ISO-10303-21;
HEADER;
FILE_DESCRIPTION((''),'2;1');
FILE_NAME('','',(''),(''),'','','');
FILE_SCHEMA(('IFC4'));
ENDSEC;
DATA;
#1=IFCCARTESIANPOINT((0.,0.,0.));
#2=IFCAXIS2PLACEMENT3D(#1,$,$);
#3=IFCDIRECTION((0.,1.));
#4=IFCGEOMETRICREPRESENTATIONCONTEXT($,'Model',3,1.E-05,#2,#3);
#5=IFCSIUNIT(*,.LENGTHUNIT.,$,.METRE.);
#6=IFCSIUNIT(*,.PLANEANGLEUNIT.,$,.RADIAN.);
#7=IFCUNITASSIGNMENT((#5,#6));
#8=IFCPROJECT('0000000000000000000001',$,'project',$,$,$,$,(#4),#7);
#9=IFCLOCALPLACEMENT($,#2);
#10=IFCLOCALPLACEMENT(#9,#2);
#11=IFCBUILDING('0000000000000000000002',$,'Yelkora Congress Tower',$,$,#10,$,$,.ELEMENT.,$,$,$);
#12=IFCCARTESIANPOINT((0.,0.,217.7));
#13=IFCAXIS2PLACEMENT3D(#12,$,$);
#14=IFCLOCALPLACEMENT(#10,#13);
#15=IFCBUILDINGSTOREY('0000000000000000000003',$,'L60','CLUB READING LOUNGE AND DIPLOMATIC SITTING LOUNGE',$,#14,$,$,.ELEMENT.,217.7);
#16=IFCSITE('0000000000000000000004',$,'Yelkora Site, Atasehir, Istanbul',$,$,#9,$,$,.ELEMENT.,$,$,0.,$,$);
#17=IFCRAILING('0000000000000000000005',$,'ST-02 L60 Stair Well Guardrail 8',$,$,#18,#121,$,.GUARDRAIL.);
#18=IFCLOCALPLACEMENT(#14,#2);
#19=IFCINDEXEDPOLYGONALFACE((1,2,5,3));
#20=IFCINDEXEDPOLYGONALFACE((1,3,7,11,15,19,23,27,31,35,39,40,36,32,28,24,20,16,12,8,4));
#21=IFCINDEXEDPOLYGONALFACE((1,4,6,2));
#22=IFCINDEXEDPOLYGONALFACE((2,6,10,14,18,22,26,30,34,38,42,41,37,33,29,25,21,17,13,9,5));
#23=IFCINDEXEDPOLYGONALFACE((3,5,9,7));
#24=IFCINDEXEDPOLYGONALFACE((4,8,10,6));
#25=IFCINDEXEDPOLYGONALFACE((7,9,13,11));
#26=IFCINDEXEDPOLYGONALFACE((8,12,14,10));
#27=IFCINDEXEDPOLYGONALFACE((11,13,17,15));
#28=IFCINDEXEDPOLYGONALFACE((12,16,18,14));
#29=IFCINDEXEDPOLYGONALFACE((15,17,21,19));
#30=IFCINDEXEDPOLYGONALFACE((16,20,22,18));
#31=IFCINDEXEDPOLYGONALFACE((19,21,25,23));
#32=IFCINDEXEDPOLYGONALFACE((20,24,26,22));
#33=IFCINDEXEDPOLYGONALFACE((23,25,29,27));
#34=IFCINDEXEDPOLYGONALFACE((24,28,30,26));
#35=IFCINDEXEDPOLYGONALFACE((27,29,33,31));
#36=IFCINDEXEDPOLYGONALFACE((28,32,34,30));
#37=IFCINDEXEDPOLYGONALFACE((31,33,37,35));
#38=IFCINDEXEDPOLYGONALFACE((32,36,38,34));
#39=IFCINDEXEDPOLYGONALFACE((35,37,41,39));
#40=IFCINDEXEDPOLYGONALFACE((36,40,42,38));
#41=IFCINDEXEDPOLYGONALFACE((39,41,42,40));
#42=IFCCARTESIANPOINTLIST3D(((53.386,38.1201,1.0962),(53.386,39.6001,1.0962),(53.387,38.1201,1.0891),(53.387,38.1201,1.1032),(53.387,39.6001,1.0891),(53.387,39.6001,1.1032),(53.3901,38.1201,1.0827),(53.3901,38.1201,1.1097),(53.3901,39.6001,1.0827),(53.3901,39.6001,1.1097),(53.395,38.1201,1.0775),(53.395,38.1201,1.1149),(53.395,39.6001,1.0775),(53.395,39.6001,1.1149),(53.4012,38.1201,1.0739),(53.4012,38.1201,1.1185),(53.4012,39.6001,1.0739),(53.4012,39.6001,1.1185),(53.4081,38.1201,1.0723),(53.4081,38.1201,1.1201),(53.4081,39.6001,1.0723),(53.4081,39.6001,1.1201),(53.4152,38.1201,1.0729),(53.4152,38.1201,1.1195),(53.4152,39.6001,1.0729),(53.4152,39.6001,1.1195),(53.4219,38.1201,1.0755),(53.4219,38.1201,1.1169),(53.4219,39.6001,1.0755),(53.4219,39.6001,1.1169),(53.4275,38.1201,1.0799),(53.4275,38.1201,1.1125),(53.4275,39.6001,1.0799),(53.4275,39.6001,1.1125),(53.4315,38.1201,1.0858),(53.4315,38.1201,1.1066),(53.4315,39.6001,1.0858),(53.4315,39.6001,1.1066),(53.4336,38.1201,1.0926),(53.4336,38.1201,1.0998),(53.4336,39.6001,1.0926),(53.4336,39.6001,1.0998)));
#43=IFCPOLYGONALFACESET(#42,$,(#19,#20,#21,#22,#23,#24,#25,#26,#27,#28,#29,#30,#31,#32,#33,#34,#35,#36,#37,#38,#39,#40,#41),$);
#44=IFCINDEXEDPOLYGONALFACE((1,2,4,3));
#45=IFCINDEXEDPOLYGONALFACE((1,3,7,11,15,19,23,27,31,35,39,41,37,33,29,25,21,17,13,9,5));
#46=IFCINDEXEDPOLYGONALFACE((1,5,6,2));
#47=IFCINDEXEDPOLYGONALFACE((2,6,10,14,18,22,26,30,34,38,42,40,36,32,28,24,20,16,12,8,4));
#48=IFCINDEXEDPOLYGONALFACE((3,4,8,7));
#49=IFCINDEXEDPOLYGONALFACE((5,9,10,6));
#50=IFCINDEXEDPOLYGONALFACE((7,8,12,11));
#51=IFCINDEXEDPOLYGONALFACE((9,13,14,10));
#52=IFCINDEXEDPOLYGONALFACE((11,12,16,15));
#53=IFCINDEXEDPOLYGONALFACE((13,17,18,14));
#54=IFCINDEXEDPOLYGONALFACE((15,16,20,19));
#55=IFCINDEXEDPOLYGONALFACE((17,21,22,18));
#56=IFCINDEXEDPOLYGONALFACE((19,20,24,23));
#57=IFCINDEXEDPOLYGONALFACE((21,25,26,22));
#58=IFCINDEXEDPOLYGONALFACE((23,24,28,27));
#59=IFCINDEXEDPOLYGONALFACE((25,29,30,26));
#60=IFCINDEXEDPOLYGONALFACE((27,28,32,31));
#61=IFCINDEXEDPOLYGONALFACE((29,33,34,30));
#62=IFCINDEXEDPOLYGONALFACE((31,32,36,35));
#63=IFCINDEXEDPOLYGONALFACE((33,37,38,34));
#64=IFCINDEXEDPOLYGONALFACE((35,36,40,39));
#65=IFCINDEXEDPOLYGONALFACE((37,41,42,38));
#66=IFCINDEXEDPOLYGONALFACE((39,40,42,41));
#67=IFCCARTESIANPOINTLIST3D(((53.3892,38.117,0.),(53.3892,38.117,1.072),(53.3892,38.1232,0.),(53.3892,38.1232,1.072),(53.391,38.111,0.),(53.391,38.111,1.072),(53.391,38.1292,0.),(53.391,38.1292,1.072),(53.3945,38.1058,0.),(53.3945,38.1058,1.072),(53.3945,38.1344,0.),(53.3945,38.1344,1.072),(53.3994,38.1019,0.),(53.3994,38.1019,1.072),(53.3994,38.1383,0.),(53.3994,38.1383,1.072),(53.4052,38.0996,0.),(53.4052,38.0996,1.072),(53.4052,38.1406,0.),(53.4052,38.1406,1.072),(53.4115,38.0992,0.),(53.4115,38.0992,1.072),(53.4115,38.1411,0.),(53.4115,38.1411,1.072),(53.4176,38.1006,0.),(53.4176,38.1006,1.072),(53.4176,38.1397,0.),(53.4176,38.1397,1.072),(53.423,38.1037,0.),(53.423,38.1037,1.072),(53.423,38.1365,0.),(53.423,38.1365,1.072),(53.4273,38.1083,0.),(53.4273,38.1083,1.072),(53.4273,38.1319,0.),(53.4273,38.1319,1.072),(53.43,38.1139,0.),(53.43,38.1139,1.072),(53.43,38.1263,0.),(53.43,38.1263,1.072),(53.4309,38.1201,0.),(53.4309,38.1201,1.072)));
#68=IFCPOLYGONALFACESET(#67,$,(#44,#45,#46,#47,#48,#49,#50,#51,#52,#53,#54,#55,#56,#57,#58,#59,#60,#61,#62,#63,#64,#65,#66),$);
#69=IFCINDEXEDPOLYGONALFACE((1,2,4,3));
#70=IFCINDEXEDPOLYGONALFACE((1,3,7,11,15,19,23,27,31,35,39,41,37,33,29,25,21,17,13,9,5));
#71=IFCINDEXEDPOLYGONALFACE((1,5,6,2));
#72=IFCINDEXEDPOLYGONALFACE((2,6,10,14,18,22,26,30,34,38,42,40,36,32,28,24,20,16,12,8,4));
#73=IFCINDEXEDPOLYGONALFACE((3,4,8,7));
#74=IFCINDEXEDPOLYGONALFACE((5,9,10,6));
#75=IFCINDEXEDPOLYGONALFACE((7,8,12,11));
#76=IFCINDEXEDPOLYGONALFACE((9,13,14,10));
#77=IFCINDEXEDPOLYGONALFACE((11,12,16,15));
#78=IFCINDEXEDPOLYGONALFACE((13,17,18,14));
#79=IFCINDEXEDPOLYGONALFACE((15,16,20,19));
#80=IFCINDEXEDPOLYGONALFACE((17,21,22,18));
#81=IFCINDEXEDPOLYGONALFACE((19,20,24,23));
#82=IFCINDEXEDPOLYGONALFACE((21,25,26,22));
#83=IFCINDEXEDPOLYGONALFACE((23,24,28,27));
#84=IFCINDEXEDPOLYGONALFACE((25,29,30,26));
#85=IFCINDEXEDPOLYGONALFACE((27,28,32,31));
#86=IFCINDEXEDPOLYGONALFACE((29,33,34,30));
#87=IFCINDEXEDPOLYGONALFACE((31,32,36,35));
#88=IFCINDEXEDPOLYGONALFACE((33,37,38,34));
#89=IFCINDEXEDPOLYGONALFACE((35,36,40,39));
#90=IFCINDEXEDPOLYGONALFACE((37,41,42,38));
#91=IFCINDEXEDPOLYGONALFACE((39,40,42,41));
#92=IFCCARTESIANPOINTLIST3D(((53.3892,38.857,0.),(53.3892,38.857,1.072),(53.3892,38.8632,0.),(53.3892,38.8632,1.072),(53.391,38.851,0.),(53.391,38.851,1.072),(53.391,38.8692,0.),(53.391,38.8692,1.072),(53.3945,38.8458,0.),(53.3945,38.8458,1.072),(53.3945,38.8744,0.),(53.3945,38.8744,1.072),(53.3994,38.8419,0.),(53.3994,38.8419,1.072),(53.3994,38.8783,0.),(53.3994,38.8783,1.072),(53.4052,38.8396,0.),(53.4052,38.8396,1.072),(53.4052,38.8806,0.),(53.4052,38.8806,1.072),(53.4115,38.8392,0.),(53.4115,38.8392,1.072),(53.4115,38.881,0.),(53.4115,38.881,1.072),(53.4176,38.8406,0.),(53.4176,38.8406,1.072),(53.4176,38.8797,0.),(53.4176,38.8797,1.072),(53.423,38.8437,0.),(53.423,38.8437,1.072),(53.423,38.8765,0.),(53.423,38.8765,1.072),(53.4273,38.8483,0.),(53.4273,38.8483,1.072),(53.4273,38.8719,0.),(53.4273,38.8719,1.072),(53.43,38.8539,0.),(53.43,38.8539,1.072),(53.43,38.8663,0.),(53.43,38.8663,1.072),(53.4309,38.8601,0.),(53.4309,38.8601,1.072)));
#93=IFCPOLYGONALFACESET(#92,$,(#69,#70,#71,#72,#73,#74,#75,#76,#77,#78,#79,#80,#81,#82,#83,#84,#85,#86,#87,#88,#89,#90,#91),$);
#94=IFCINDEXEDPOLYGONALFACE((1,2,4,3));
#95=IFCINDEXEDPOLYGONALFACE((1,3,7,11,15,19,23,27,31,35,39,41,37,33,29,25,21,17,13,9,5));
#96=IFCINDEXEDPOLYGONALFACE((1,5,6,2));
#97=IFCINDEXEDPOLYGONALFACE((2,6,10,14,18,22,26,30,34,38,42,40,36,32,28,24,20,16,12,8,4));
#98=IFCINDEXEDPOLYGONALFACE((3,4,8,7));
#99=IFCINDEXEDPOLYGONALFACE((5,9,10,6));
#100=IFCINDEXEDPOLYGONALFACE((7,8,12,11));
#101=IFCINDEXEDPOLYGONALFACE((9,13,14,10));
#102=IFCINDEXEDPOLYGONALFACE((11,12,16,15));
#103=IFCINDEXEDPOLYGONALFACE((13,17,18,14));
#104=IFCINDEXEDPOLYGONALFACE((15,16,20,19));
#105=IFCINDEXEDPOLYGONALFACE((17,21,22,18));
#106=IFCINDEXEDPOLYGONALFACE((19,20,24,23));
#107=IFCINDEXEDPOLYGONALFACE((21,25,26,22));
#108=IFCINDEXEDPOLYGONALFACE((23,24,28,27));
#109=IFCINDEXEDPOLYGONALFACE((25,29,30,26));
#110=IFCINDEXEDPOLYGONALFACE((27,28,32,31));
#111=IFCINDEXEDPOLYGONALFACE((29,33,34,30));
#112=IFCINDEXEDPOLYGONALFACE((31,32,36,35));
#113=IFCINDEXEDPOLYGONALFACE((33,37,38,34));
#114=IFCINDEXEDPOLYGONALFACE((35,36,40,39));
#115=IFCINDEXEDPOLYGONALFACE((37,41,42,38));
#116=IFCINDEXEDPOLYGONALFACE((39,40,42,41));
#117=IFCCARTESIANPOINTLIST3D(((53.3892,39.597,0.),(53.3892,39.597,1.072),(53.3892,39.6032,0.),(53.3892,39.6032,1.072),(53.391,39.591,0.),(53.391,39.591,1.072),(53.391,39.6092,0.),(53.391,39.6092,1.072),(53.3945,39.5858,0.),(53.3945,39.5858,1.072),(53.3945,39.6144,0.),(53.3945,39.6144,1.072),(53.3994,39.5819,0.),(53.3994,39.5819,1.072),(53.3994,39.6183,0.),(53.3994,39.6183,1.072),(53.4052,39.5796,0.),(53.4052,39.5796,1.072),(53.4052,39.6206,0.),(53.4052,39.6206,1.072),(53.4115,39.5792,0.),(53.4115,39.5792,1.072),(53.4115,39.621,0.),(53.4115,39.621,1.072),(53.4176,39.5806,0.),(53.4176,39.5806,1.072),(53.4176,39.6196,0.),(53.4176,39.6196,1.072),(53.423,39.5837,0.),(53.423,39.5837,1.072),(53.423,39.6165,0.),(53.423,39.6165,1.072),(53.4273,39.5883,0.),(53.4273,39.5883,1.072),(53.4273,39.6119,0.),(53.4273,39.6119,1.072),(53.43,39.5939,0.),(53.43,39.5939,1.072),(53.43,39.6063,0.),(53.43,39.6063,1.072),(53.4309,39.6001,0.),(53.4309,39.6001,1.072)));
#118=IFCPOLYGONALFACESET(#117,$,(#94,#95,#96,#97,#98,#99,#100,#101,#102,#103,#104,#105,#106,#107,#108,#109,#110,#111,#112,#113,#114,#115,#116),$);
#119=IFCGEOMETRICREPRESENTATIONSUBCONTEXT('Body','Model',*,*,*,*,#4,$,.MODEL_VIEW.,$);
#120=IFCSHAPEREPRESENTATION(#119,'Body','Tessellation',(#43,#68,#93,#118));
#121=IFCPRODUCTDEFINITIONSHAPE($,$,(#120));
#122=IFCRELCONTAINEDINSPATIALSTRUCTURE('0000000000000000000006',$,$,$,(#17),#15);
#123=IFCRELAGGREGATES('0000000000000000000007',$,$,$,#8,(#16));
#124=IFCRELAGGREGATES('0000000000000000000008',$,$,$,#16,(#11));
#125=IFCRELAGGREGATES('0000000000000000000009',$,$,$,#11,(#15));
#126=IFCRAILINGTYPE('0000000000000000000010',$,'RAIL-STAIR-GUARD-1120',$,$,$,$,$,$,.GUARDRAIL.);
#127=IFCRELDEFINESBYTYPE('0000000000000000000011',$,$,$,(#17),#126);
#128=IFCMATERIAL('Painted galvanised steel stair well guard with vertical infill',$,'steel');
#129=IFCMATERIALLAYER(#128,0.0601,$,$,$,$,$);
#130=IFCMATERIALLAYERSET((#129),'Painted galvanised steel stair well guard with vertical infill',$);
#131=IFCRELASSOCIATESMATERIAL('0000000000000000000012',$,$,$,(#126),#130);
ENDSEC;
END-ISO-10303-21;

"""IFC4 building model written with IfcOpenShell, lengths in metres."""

from ifc_helpers import new_model, si_unit, direction, frame, origin, origin_2d, place, context, subcontext, project, spatial, circle, extrude, material, layer, layer_set, type_object, element, save


model = new_model("IFC4")

# Units and contexts
model_context = context("Model", 3, precision=1e-05, world=origin(), true_north=direction((0.0, 1.0)))
body_context = subcontext(model_context, "Body", "Model", "MODEL_VIEW")
ifc_project = project(units=[si_unit("LENGTHUNIT", "METRE"), si_unit("PLANEANGLEUNIT", "RADIAN")], contexts=[model_context])

# Site, building, storey
site_placement = place(None, origin())
site = spatial("IfcSite", under=ifc_project, at=site_placement, Name="Yelkora Site, Atasehir, Istanbul", CompositionType="ELEMENT", RefElevation=0.0)
building_placement = place(site_placement, origin())
building = spatial("IfcBuilding", under=site, at=building_placement, Name="Yelkora Congress Tower", CompositionType="ELEMENT")
storey_placement = place(building_placement, frame((0.0, 0.0, 217.7)))
storey = spatial("IfcBuildingStorey", under=building, at=storey_placement, Name="L60", Description="CLUB READING LOUNGE AND DIPLOMATIC SITTING LOUNGE", CompositionType="ELEMENT", Elevation=217.7)

# Railing
ifc_material_1 = material(Name="Painted galvanised steel stair well guard with vertical infill", Category="steel")
ifc_layer_1 = layer(ifc_material_1, 0.0601)
ifc_layer_set_1 = layer_set([ifc_layer_1], Name="Painted galvanised steel stair well guard with vertical infill")
railing_type_1 = type_object("IfcRailingType", Name="RAIL-STAIR-GUARD-1120", PredefinedType="GUARDRAIL", material=ifc_layer_set_1)
railing_1_placement = place(storey_placement, frame((53.4099, 38.1201, 0.0)))
element("IfcRailing", 1, at=railing_1_placement, inside=storey, type_object=railing_type_1, Name="ST-02 L60 Stair Well Guardrail 8", PredefinedType="GUARDRAIL", context=body_context, shape_type="SweptSolid", body=[
    extrude(circle(Radius=0.0239, at=origin_2d()), frame((0.0, 0.0, 1.0962), z_axis=(0.0, 1.0, 0.0), x_axis=(-1.0, 0.0, 0.0)), (0.0, 0.0, 1.0), 1.48),
    extrude(circle(Radius=0.021, at=origin_2d()), origin(), (0.0, 0.0, 1.0), 1.072),
    extrude(circle(Radius=0.021, at=origin_2d()), frame((0.0, 0.74, 0.0)), (0.0, 0.0, 1.0), 1.072),
    extrude(circle(Radius=0.021, at=origin_2d()), frame((0.0, 1.48, 0.0)), (0.0, 0.0, 1.0), 1.072),
])

save(model, "model.ifc")
